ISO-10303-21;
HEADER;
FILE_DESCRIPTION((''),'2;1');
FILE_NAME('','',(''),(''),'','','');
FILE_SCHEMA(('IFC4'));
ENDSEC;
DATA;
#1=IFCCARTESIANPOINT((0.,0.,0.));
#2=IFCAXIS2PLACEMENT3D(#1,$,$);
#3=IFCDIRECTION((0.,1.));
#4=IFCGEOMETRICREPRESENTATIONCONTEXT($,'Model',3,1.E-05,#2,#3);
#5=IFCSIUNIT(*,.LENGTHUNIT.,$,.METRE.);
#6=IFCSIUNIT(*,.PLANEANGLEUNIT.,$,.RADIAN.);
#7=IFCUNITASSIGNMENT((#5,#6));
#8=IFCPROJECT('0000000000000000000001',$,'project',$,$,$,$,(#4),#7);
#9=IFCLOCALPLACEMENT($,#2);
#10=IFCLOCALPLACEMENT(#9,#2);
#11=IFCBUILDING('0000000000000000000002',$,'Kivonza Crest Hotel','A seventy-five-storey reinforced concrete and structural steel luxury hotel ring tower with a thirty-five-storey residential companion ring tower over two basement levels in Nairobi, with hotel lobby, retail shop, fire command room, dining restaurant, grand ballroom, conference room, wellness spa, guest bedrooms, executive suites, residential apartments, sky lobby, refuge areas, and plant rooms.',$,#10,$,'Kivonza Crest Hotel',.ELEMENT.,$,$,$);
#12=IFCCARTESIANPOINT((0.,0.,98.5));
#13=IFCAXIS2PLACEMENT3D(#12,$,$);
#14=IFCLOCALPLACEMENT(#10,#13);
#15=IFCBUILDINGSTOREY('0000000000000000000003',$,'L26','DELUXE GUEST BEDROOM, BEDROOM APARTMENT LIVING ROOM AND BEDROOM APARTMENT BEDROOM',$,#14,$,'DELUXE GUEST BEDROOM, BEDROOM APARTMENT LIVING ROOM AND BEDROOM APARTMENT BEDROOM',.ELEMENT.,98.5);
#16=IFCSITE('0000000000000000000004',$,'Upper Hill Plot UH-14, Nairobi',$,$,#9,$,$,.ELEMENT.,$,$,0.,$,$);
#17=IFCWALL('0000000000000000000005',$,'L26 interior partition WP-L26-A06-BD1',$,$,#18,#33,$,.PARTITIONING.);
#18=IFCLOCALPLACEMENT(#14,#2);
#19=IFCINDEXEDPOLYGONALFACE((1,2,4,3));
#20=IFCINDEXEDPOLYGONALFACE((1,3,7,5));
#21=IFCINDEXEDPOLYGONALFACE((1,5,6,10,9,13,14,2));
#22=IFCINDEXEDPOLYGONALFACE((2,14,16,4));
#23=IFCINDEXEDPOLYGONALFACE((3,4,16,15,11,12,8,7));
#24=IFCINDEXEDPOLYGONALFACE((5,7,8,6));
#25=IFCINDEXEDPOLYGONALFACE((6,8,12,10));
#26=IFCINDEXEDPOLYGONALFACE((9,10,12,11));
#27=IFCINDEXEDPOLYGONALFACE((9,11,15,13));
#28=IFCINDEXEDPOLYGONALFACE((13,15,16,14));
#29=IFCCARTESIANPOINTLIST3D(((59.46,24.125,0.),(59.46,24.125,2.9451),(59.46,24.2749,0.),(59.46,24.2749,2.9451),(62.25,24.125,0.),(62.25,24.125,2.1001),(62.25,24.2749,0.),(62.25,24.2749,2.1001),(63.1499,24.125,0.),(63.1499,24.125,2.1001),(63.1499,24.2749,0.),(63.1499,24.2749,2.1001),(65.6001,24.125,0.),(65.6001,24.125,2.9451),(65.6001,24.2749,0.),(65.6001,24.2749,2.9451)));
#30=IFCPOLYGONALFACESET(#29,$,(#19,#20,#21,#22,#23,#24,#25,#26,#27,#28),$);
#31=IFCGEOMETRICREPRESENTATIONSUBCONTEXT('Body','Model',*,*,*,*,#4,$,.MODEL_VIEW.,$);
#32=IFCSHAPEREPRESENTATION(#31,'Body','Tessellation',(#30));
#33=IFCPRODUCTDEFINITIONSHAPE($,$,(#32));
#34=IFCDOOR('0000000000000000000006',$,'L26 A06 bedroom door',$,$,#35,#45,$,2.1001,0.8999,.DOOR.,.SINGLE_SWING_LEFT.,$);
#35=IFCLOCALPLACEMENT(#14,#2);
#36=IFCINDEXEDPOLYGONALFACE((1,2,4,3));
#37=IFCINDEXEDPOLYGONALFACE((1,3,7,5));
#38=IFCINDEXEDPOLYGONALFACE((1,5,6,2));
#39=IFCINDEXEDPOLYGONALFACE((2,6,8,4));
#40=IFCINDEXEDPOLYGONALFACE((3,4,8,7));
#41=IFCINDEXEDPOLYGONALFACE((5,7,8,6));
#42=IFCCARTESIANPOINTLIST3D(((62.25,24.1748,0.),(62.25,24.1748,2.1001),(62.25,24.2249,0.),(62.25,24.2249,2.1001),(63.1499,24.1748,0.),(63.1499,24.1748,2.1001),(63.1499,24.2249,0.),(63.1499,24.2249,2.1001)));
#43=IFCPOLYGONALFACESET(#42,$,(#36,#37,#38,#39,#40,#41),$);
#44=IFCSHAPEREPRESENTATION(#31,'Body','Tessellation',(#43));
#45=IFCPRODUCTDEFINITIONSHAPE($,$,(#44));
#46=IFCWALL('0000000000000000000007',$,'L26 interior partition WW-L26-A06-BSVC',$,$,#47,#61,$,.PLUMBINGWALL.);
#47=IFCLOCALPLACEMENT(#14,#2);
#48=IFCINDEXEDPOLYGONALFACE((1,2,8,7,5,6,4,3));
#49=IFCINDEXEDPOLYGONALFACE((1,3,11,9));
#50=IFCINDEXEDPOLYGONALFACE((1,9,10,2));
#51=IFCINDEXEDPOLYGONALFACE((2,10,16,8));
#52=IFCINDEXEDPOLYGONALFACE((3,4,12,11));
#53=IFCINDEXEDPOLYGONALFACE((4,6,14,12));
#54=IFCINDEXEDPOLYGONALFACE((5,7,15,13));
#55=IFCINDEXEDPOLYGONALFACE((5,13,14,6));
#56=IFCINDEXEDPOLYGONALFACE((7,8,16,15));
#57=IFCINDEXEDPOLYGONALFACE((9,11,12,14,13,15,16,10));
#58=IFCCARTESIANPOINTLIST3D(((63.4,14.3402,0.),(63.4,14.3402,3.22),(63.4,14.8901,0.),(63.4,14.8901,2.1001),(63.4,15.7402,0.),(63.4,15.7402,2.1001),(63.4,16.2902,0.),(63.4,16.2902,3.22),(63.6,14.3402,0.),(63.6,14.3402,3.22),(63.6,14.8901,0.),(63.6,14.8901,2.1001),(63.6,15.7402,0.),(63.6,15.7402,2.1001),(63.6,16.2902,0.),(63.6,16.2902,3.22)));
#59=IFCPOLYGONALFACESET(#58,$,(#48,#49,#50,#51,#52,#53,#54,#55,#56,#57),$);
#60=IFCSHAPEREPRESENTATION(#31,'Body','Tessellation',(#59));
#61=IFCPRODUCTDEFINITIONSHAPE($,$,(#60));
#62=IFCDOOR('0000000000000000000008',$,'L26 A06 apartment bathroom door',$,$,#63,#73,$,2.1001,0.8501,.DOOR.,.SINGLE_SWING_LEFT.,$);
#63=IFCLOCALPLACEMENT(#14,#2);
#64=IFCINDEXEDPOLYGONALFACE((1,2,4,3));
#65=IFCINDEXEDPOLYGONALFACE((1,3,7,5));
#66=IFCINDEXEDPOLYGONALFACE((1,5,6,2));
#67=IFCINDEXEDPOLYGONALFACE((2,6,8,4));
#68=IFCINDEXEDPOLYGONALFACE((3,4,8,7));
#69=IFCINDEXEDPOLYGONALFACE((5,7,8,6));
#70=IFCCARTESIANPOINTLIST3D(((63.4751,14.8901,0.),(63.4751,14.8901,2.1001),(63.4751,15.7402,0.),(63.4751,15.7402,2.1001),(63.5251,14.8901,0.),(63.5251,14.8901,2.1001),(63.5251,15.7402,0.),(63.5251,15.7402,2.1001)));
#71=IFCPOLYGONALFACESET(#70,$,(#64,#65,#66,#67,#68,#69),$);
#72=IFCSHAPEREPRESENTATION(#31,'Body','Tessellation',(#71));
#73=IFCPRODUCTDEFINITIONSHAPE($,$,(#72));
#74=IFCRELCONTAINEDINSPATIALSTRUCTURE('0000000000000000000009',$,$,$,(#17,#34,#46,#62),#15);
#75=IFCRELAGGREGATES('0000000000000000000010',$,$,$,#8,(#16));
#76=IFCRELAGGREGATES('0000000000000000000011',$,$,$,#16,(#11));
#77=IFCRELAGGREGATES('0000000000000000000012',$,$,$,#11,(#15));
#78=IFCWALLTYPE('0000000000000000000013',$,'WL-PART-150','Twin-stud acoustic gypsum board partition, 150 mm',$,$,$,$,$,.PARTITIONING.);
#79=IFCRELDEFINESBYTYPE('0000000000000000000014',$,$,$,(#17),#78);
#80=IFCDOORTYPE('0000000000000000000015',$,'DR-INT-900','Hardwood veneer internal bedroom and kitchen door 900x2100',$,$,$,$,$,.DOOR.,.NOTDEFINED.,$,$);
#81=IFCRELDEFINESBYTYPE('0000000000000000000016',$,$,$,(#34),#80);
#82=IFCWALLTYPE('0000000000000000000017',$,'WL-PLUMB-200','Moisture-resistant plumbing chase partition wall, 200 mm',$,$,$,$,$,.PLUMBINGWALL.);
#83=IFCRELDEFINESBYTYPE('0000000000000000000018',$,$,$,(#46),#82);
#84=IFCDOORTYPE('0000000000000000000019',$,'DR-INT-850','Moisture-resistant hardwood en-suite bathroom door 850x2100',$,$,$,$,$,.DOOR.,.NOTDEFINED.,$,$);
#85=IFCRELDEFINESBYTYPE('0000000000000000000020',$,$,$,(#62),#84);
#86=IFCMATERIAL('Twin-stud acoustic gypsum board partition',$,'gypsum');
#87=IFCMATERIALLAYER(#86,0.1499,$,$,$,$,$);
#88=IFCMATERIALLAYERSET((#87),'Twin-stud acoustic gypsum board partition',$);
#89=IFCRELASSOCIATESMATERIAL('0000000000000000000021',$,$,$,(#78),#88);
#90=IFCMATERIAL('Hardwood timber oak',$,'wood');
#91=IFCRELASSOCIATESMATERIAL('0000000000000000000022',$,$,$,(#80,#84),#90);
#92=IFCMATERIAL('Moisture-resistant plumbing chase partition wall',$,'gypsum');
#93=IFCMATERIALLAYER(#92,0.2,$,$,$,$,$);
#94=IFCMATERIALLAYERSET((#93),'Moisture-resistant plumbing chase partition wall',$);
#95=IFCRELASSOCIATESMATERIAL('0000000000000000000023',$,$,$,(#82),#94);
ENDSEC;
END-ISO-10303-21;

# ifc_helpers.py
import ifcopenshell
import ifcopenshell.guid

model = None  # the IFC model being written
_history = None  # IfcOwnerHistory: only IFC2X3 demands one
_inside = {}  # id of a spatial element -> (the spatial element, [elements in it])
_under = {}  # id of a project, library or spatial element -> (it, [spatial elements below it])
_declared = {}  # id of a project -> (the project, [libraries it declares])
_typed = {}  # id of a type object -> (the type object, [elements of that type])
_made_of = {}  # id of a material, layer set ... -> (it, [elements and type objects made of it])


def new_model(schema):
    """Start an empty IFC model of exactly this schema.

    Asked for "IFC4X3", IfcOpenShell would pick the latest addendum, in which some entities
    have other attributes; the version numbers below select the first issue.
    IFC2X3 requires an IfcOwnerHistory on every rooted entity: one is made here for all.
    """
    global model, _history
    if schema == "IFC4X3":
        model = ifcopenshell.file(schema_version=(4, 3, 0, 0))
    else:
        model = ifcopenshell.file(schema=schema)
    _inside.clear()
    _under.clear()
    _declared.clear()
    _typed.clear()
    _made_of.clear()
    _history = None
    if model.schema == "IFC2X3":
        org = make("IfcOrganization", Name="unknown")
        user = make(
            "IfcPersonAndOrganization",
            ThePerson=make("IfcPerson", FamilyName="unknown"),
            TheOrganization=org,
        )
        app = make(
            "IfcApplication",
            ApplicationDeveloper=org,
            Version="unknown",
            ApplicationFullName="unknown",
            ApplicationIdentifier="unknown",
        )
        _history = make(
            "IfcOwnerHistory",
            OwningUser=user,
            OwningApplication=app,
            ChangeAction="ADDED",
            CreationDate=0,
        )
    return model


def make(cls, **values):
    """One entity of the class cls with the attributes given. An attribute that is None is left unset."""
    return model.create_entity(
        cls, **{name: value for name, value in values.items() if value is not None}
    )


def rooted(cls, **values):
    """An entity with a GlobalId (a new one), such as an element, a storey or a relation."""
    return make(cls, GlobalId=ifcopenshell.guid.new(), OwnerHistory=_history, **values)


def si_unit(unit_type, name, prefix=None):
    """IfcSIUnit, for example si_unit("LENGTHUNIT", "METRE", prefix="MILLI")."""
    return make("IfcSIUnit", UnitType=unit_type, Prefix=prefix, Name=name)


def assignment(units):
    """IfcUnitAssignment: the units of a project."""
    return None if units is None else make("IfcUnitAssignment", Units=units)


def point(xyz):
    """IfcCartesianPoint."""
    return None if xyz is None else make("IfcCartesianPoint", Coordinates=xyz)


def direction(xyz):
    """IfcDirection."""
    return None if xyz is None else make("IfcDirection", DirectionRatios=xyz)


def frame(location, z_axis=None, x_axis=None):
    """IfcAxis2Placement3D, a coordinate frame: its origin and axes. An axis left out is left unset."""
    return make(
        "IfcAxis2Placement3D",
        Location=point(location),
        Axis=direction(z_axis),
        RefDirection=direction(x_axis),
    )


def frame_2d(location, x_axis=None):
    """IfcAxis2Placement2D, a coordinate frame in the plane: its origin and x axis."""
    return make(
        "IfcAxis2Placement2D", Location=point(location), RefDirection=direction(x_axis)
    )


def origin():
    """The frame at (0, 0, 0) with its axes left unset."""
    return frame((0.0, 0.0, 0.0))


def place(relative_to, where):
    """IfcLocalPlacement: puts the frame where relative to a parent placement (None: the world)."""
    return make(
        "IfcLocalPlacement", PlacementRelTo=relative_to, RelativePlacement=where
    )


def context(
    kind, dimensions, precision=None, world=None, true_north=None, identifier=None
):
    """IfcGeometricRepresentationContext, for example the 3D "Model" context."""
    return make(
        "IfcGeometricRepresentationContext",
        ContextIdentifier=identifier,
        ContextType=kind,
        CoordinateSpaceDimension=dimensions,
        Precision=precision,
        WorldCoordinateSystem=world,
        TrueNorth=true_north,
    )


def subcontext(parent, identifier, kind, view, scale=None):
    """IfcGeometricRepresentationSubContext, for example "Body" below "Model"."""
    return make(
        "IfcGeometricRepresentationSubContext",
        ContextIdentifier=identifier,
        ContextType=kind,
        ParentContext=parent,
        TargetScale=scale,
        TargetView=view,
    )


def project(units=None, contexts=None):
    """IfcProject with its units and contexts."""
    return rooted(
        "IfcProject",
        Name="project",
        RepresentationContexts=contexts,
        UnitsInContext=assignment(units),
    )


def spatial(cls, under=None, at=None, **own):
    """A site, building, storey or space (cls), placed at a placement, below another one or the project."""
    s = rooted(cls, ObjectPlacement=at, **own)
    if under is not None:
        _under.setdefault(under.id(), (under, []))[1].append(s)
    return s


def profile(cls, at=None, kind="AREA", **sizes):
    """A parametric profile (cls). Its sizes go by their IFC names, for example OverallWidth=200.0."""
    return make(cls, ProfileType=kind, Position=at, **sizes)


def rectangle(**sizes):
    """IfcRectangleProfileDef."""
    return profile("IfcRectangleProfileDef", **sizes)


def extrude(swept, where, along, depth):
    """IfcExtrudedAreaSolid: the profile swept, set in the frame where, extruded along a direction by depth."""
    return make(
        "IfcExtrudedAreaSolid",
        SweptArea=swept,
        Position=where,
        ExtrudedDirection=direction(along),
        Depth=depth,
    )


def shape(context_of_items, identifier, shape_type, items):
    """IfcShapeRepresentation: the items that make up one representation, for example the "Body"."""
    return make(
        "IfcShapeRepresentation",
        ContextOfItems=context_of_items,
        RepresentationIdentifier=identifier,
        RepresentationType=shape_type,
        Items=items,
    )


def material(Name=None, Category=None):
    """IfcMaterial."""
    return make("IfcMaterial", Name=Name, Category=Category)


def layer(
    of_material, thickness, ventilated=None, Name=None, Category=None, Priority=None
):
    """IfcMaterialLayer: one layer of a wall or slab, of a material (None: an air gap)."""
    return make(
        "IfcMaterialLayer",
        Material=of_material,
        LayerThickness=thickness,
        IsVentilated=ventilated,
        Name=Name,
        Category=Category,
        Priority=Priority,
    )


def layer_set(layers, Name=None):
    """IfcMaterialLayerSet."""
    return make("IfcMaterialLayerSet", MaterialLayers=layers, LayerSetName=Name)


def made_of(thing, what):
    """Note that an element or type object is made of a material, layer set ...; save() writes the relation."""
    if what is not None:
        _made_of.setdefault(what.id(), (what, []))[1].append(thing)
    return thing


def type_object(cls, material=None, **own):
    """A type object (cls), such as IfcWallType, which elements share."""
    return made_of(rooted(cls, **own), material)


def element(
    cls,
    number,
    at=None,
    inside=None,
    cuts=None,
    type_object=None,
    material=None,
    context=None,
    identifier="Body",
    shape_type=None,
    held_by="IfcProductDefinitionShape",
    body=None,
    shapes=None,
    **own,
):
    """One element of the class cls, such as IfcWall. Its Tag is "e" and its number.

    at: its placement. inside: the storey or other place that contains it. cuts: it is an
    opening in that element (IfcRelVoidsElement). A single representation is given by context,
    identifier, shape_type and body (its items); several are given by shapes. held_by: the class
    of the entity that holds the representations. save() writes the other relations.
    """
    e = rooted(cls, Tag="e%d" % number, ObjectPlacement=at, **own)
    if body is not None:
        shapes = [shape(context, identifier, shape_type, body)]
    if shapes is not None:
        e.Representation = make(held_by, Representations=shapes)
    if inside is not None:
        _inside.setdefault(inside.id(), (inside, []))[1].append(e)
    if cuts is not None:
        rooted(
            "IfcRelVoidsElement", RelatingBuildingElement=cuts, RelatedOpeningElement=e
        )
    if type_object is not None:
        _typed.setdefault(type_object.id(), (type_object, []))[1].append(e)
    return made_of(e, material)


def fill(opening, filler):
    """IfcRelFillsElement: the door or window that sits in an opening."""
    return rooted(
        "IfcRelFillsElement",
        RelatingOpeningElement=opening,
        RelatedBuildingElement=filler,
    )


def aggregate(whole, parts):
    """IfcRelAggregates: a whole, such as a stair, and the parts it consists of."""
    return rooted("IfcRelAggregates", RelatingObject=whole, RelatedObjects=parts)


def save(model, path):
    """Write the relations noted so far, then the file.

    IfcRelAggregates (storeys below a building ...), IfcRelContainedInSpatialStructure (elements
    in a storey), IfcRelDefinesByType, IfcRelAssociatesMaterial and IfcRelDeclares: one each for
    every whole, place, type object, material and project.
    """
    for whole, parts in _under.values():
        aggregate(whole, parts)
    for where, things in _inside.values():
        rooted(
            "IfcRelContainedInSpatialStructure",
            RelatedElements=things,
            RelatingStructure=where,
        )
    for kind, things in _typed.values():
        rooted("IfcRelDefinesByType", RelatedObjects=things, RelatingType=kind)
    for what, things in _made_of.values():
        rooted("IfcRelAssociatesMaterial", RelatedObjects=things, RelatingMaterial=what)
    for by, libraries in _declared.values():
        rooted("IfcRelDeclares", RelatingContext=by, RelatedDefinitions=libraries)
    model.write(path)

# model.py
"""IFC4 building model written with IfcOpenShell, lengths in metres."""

from ifc_helpers import new_model, si_unit, direction, frame, frame_2d, origin, place, context, subcontext, project, spatial, rectangle, extrude, material, layer, layer_set, type_object, element, fill, save


model = new_model("IFC4")

# Units and contexts
model_context = context("Model", 3, precision=1e-05, world=origin(), true_north=direction((0.0, 1.0)))
body_context = subcontext(model_context, "Body", "Model", "MODEL_VIEW")
ifc_project = project(units=[si_unit("LENGTHUNIT", "METRE"), si_unit("PLANEANGLEUNIT", "RADIAN")], contexts=[model_context])

# Site, building, storey
site_placement = place(None, origin())
site = spatial("IfcSite", under=ifc_project, at=site_placement, Name="Upper Hill Plot UH-14, Nairobi", CompositionType="ELEMENT", RefElevation=0.0)
building_placement = place(site_placement, origin())
building = spatial("IfcBuilding", under=site, at=building_placement, Name="Kivonza Crest Hotel", Description="A seventy-five-storey reinforced concrete and structural steel luxury hotel ring tower with a thirty-five-storey residential companion ring tower over two basement levels in Nairobi, with hotel lobby, retail shop, fire command room, dining restaurant, grand ballroom, conference room, wellness spa, guest bedrooms, executive suites, residential apartments, sky lobby, refuge areas, and plant rooms.", LongName="Kivonza Crest Hotel", CompositionType="ELEMENT")
storey_placement = place(building_placement, frame((0.0, 0.0, 98.5)))
storey = spatial("IfcBuildingStorey", under=building, at=storey_placement, Name="L26", Description="DELUXE GUEST BEDROOM, BEDROOM APARTMENT LIVING ROOM AND BEDROOM APARTMENT BEDROOM", LongName="DELUXE GUEST BEDROOM, BEDROOM APARTMENT LIVING ROOM AND BEDROOM APARTMENT BEDROOM", CompositionType="ELEMENT", Elevation=98.5)

# Walls, openings, doors
ifc_material_1 = material(Name="Twin-stud acoustic gypsum board partition", Category="gypsum")
ifc_layer_1 = layer(ifc_material_1, 0.1499)
ifc_layer_set_1 = layer_set([ifc_layer_1], Name="Twin-stud acoustic gypsum board partition")
wall_type_1 = type_object("IfcWallType", Name="WL-PART-150", Description="Twin-stud acoustic gypsum board partition, 150 mm", PredefinedType="PARTITIONING", material=ifc_layer_set_1)
wall_1_placement = place(storey_placement, frame((59.46, 24.2, 0.0), z_axis=(0.0, 0.0, 1.0), x_axis=(1.0, 0.0, 0.0)))
wall_1 = element("IfcWall", 1, at=wall_1_placement, inside=storey, type_object=wall_type_1, Name="L26 interior partition WP-L26-A06-BD1", PredefinedType="PARTITIONING", context=body_context, shape_type="SweptSolid", body=[
    extrude(rectangle(XDim=6.1401, YDim=0.1499, at=frame_2d((3.0701, 0.0))), origin(), (0.0, 0.0, 1.0), 2.9451),
])
opening_1_placement = place(wall_1_placement, frame((2.79, 0.0, 0.0)))
opening_1 = element("IfcOpeningElement", 2, at=opening_1_placement, cuts=wall_1, PredefinedType="OPENING", context=body_context, shape_type="SweptSolid", body=[
    extrude(rectangle(XDim=0.8999, YDim=2.1001, at=frame_2d((0.45, 1.05))), frame((0.0, 0.085, 0.0), z_axis=(0.0, -1.0, 0.0), x_axis=(1.0, 0.0, 0.0)), (0.0, 0.0, 1.0), 0.1699),
])
ifc_material_2 = material(Name="Hardwood timber oak", Category="wood")
door_type_1 = type_object("IfcDoorType", Name="DR-INT-900", Description="Hardwood veneer internal bedroom and kitchen door 900x2100", OperationType="NOTDEFINED", PredefinedType="DOOR", material=ifc_material_2)
door_1_placement = place(opening_1_placement, origin())
door_1 = element("IfcDoor", 3, at=door_1_placement, inside=storey, type_object=door_type_1, Name="L26 A06 bedroom door", OperationType="SINGLE_SWING_LEFT", OverallHeight=2.1001, OverallWidth=0.8999, PredefinedType="DOOR", context=body_context, shape_type="SweptSolid", body=[
    extrude(rectangle(XDim=0.8999, YDim=2.1001, at=frame_2d((0.45, 1.05))), frame((0.0, 0.0249, 0.0), z_axis=(0.0, -1.0, 0.0), x_axis=(1.0, 0.0, 0.0)), (0.0, 0.0, 1.0), 0.05),
])
fill(opening_1, door_1)
ifc_material_3 = material(Name="Moisture-resistant plumbing chase partition wall", Category="gypsum")
ifc_layer_2 = layer(ifc_material_3, 0.2)
ifc_layer_set_2 = layer_set([ifc_layer_2], Name="Moisture-resistant plumbing chase partition wall")
wall_type_2 = type_object("IfcWallType", Name="WL-PLUMB-200", Description="Moisture-resistant plumbing chase partition wall, 200 mm", PredefinedType="PLUMBINGWALL", material=ifc_layer_set_2)
wall_2_placement = place(storey_placement, frame((63.5, 14.3401, 0.0), z_axis=(0.0, 0.0, 1.0), x_axis=(0.0, 1.0, 0.0)))
wall_2 = element("IfcWall", 4, at=wall_2_placement, inside=storey, type_object=wall_type_2, Name="L26 interior partition WW-L26-A06-BSVC", PredefinedType="PLUMBINGWALL", context=body_context, shape_type="SweptSolid", body=[
    extrude(rectangle(XDim=1.95, YDim=0.2, at=frame_2d((0.9751, 0.0))), origin(), (0.0, 0.0, 1.0), 3.22),
])
opening_2_placement = place(wall_2_placement, frame((0.55, 0.0, 0.0)))
opening_2 = element("IfcOpeningElement", 5, at=opening_2_placement, cuts=wall_2, PredefinedType="OPENING", context=body_context, shape_type="SweptSolid", body=[
    extrude(rectangle(XDim=0.8501, YDim=2.1001, at=frame_2d((0.425, 1.05))), frame((0.0, 0.1099, 0.0), z_axis=(0.0, -1.0, 0.0), x_axis=(1.0, 0.0, 0.0)), (0.0, 0.0, 1.0), 0.22),
])
door_type_2 = type_object("IfcDoorType", Name="DR-INT-850", Description="Moisture-resistant hardwood en-suite bathroom door 850x2100", OperationType="NOTDEFINED", PredefinedType="DOOR", material=ifc_material_2)
door_2_placement = place(opening_2_placement, origin())
door_2 = element("IfcDoor", 6, at=door_2_placement, inside=storey, type_object=door_type_2, Name="L26 A06 apartment bathroom door", OperationType="SINGLE_SWING_LEFT", OverallHeight=2.1001, OverallWidth=0.8501, PredefinedType="DOOR", context=body_context, shape_type="SweptSolid", body=[
    extrude(rectangle(XDim=0.8501, YDim=2.1001, at=frame_2d((0.425, 1.05))), frame((0.0, 0.0249, 0.0), z_axis=(0.0, -1.0, 0.0), x_axis=(1.0, 0.0, 0.0)), (0.0, 0.0, 1.0), 0.05),
])
fill(opening_2, door_2)

save(model, "model.ifc")
